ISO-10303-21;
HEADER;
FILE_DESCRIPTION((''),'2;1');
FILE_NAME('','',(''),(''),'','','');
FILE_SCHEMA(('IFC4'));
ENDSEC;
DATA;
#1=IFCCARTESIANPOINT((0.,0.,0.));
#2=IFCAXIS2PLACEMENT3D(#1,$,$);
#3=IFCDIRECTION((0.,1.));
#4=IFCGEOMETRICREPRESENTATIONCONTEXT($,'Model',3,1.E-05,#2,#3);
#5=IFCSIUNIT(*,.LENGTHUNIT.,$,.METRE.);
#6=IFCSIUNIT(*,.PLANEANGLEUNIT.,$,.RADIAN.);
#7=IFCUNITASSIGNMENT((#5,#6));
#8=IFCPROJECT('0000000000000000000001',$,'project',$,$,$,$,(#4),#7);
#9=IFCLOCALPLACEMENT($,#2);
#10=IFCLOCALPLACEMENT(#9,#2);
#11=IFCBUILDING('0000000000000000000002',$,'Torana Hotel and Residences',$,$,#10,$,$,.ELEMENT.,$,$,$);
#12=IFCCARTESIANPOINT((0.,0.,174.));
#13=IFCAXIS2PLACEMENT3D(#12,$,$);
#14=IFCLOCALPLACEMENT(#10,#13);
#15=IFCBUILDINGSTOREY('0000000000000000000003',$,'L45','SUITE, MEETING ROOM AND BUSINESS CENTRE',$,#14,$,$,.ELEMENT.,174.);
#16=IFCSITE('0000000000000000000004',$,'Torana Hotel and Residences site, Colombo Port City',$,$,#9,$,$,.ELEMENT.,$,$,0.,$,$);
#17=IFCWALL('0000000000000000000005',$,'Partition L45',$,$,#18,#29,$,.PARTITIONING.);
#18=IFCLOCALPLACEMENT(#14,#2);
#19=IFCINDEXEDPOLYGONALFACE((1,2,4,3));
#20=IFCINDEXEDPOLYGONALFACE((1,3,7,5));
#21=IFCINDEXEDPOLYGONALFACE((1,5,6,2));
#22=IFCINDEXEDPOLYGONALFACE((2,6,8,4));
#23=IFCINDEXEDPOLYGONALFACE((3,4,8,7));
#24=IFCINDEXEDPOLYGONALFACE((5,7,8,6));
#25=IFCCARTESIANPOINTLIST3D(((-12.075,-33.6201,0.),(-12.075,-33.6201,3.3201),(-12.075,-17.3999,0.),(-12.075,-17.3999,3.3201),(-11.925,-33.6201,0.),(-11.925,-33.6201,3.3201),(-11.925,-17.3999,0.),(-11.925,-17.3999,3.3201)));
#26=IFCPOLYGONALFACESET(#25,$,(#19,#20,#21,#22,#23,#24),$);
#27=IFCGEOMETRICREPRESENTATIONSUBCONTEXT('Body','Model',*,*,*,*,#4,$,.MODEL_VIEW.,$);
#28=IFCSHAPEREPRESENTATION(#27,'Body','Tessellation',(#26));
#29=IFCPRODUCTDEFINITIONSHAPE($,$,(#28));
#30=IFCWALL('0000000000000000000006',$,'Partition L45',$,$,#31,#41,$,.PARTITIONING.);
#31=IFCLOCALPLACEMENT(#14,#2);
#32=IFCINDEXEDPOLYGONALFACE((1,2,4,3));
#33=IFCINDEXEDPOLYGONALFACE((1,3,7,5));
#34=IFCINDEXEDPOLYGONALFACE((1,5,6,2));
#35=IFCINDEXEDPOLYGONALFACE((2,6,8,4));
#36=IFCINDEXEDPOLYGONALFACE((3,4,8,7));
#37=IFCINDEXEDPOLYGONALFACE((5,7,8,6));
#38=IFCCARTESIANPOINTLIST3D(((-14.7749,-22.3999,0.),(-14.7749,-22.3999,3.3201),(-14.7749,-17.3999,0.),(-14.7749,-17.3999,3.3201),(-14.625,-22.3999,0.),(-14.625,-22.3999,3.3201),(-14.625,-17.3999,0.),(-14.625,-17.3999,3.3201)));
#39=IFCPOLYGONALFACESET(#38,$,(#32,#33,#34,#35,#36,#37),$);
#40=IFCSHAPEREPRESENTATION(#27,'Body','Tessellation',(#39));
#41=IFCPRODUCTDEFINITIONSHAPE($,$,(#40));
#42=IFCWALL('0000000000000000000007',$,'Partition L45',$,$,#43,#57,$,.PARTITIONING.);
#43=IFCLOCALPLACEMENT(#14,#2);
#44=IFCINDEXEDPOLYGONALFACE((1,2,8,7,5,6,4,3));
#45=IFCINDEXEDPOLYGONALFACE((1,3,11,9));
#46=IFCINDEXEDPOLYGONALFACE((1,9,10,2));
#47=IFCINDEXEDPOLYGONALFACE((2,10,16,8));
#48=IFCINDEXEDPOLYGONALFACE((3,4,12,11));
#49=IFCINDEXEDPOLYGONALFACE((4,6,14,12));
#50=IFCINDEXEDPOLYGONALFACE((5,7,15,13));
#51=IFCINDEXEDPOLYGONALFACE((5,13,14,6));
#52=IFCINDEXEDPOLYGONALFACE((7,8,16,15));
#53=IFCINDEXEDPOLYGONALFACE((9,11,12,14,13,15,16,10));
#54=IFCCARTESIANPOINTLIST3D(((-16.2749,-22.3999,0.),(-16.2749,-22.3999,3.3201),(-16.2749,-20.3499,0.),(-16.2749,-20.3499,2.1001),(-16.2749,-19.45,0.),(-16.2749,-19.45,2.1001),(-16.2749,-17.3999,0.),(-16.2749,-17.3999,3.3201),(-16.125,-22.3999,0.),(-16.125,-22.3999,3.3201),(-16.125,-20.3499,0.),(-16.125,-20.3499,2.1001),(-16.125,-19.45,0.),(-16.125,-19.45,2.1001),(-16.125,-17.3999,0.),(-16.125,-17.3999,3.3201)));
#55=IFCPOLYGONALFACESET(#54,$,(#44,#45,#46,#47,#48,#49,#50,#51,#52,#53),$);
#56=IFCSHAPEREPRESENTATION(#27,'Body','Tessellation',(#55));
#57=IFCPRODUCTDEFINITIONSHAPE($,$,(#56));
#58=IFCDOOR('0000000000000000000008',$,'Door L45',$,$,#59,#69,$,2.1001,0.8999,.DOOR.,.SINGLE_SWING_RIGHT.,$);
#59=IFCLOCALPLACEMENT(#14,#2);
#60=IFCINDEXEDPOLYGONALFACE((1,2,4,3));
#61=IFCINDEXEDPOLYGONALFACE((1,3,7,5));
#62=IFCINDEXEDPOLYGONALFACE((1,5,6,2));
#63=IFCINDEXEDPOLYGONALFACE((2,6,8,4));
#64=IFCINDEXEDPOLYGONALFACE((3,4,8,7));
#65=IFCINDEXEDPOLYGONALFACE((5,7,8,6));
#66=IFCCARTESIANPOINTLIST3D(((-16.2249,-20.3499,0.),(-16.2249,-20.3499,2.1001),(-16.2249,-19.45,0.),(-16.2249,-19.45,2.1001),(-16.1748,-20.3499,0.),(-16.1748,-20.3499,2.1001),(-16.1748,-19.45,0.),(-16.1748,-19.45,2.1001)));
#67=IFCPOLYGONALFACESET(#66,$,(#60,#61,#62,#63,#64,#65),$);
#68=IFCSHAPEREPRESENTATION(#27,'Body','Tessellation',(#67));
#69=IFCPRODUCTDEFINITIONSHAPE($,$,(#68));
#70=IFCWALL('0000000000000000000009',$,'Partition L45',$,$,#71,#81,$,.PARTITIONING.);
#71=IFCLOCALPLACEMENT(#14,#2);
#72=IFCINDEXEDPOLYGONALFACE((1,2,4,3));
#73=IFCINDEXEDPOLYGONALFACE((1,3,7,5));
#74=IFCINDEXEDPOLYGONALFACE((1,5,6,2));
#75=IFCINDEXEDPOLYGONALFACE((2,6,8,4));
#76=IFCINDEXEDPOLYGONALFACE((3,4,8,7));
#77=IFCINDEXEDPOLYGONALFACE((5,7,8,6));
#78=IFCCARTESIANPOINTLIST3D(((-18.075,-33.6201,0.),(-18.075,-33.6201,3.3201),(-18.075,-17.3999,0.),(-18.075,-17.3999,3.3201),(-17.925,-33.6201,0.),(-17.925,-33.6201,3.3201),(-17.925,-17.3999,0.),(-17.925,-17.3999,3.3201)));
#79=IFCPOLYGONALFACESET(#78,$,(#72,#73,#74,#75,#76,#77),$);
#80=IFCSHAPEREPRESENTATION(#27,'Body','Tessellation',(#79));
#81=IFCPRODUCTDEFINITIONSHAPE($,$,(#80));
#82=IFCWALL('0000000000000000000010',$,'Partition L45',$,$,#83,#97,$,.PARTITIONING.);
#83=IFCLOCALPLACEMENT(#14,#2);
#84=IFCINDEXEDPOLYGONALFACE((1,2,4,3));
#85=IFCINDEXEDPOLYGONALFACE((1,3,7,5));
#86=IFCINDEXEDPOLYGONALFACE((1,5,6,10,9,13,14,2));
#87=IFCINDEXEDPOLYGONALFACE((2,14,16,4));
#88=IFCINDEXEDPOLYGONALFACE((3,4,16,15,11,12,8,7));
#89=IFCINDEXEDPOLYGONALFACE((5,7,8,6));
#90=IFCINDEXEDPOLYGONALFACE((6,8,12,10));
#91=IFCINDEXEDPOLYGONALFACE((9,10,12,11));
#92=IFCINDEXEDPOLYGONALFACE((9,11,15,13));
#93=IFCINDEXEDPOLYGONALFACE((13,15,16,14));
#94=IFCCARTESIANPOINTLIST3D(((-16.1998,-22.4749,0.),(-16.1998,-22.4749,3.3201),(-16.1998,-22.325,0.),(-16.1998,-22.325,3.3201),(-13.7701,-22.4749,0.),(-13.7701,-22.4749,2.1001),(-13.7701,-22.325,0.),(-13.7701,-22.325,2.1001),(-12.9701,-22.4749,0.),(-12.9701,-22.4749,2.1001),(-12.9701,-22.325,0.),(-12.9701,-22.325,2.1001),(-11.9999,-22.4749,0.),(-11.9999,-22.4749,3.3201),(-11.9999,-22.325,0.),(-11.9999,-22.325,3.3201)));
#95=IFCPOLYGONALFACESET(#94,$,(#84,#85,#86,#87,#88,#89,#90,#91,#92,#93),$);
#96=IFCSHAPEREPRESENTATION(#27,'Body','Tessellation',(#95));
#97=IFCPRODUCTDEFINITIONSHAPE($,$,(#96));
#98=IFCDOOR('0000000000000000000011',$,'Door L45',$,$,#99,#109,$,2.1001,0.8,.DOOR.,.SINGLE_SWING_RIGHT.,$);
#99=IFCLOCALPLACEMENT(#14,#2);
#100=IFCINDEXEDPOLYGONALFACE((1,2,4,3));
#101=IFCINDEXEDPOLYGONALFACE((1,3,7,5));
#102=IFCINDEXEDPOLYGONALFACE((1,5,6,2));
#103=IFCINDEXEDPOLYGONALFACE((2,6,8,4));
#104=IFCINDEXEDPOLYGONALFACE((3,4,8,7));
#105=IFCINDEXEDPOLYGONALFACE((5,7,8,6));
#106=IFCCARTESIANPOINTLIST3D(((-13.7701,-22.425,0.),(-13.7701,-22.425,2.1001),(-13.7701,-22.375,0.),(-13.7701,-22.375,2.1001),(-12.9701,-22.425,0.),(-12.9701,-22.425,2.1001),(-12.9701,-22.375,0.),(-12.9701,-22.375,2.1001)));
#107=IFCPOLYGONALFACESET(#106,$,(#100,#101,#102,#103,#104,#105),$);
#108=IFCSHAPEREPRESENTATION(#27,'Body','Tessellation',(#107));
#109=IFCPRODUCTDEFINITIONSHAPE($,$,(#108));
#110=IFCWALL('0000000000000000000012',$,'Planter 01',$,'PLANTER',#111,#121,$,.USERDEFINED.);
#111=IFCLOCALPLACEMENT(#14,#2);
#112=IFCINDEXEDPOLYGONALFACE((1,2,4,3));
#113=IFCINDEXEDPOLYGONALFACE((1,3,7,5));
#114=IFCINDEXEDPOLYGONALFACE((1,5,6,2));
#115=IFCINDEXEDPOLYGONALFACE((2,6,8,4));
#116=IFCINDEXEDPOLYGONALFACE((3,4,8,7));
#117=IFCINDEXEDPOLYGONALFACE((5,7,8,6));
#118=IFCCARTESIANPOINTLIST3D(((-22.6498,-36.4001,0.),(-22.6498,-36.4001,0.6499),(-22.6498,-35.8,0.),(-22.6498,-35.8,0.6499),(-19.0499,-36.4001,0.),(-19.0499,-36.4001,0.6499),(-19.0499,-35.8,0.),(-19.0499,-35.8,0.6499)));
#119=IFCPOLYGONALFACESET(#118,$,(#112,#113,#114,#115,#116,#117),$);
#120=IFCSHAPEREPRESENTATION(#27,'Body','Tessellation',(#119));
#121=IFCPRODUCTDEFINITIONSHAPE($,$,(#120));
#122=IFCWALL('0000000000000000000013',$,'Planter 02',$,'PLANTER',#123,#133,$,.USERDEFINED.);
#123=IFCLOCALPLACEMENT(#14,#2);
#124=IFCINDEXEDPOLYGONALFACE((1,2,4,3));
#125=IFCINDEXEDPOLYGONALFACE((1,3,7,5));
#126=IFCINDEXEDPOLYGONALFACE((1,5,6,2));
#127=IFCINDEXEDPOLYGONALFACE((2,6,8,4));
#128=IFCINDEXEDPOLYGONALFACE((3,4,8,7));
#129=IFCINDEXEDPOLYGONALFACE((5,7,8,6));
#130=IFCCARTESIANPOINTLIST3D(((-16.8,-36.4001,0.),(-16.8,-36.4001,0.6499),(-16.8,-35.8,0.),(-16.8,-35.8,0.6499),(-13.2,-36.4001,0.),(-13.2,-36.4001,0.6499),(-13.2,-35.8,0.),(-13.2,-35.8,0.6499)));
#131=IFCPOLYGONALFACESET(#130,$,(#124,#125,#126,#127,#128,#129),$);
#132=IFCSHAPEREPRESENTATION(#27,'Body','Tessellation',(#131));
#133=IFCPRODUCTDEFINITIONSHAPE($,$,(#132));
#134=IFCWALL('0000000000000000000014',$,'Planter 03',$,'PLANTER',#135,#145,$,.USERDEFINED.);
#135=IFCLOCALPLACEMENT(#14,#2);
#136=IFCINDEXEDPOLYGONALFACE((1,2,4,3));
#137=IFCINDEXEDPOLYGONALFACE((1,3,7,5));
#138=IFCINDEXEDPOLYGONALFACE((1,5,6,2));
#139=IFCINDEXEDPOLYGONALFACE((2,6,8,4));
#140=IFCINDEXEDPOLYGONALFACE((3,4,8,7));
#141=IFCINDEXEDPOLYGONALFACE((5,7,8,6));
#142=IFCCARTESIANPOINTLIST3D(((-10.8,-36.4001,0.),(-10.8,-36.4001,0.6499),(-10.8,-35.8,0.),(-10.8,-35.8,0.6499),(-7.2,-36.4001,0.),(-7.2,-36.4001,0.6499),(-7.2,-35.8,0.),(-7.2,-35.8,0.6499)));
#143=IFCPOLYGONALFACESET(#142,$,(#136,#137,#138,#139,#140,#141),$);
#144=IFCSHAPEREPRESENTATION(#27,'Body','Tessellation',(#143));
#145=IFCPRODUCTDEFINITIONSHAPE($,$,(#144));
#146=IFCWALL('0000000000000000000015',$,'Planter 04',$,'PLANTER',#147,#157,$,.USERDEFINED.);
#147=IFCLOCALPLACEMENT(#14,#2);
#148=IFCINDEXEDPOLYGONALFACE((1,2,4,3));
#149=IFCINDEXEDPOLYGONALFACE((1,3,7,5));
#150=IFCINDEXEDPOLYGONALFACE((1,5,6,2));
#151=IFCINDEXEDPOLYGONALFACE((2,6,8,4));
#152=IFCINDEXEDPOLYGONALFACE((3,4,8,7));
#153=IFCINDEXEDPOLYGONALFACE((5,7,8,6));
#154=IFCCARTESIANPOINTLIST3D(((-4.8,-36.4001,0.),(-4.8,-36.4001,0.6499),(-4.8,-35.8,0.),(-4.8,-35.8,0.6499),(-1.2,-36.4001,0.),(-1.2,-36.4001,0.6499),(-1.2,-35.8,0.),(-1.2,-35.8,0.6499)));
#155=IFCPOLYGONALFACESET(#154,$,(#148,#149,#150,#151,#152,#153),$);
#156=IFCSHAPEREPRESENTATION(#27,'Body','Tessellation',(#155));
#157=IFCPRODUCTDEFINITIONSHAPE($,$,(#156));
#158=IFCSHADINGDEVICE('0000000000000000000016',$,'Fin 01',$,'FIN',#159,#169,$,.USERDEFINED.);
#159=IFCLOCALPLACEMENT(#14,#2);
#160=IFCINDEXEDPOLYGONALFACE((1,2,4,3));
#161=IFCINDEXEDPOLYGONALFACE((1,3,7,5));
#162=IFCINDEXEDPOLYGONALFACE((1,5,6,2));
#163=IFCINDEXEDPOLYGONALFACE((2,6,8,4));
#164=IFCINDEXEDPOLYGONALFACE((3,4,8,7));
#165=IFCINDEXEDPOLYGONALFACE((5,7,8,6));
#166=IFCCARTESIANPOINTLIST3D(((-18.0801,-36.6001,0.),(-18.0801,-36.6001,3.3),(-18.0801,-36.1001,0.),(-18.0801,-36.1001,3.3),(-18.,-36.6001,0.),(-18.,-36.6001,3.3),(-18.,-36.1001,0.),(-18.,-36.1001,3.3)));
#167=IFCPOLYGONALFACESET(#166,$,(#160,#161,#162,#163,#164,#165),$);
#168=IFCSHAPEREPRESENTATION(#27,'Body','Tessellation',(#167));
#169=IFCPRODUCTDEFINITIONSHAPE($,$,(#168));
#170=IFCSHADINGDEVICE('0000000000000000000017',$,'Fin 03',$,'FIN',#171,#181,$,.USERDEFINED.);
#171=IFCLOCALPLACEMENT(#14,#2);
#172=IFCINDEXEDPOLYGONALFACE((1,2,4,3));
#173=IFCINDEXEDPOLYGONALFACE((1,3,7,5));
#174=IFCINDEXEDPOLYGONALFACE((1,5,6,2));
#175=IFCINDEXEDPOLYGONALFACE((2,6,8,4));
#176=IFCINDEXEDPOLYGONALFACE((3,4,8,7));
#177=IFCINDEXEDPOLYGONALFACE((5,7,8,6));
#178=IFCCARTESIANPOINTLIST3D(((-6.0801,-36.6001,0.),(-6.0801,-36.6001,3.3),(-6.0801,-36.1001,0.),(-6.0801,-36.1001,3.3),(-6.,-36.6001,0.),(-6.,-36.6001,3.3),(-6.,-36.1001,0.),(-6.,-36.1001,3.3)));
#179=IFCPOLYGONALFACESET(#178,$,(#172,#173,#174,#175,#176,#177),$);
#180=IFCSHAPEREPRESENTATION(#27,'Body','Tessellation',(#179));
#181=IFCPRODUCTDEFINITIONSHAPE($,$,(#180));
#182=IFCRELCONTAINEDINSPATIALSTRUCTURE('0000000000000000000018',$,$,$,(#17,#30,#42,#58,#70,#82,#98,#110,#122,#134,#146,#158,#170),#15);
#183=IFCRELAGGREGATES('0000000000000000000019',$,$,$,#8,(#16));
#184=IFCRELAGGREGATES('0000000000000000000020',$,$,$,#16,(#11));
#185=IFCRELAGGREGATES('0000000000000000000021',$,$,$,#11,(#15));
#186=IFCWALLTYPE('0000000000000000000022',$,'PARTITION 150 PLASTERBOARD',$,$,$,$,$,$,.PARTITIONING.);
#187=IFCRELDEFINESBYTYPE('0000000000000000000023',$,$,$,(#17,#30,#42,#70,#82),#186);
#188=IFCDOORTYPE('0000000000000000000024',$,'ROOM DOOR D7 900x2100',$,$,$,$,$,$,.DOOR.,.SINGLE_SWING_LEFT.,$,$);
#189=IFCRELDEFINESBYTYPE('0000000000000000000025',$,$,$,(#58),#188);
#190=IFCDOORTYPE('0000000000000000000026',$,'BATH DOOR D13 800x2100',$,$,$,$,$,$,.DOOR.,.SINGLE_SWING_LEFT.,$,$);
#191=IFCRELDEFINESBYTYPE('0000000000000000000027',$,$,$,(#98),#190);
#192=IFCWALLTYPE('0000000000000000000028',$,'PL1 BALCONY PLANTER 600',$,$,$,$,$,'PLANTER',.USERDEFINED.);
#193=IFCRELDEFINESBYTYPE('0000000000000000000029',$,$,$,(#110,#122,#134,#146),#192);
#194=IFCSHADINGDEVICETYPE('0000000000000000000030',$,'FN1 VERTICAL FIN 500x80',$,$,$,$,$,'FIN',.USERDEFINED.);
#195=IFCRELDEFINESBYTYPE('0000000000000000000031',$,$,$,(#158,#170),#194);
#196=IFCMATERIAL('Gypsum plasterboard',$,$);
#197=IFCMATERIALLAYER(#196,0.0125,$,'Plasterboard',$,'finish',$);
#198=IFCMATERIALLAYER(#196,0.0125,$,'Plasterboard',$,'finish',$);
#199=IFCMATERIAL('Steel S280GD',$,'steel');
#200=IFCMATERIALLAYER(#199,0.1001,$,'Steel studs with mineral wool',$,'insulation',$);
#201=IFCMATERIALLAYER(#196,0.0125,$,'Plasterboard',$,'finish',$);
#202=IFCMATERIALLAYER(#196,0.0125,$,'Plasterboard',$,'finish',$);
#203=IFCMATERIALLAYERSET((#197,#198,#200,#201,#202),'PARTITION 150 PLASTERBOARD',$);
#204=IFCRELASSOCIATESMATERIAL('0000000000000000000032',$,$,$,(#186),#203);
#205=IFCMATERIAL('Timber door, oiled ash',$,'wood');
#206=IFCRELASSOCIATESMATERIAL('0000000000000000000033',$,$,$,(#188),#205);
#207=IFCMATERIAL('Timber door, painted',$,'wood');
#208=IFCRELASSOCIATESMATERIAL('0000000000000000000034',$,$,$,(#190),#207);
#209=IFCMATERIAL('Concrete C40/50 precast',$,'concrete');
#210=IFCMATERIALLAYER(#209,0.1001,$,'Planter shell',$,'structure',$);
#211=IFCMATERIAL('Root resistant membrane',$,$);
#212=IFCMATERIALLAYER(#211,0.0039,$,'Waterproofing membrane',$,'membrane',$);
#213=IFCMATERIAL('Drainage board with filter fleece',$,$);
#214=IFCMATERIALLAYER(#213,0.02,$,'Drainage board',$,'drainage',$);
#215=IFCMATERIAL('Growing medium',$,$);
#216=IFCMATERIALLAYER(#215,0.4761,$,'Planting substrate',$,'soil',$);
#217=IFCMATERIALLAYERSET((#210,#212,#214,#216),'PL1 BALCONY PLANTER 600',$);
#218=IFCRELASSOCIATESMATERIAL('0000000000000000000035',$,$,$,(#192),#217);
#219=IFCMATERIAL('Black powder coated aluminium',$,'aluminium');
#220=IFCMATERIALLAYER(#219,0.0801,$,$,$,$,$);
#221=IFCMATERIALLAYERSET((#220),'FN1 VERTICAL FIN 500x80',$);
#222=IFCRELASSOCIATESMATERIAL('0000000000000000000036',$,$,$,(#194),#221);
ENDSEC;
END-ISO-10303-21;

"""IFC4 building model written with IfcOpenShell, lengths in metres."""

from ifc_helpers import new_model, si_unit, direction, frame, frame_2d, origin, origin_2d, place, context, subcontext, project, spatial, rectangle, extrude, material, layer, layer_set, type_object, element, fill, save


model = new_model("IFC4")

# Units and contexts
model_context = context("Model", 3, precision=1e-05, world=origin(), true_north=direction((0.0, 1.0)))
body_context = subcontext(model_context, "Body", "Model", "MODEL_VIEW")
ifc_project = project(units=[si_unit("LENGTHUNIT", "METRE"), si_unit("PLANEANGLEUNIT", "RADIAN")], contexts=[model_context])

# Site, building, storey
site_placement = place(None, origin())
site = spatial("IfcSite", under=ifc_project, at=site_placement, Name="Torana Hotel and Residences site, Colombo Port City", CompositionType="ELEMENT", RefElevation=0.0)
building_placement = place(site_placement, origin())
building = spatial("IfcBuilding", under=site, at=building_placement, Name="Torana Hotel and Residences", CompositionType="ELEMENT")
storey_placement = place(building_placement, frame((0.0, 0.0, 174.0)))
storey = spatial("IfcBuildingStorey", under=building, at=storey_placement, Name="L45", Description="SUITE, MEETING ROOM AND BUSINESS CENTRE", CompositionType="ELEMENT", Elevation=174.0)

# Walls
ifc_material_1 = material(Name="Gypsum plasterboard")
ifc_layer_1 = layer(ifc_material_1, 0.0125, Name="Plasterboard", Category="finish")
ifc_layer_2 = layer(ifc_material_1, 0.0125, Name="Plasterboard", Category="finish")
ifc_material_2 = material(Name="Steel S280GD", Category="steel")
ifc_layer_3 = layer(ifc_material_2, 0.1001, Name="Steel studs with mineral wool", Category="insulation")
ifc_layer_4 = layer(ifc_material_1, 0.0125, Name="Plasterboard", Category="finish")
ifc_layer_5 = layer(ifc_material_1, 0.0125, Name="Plasterboard", Category="finish")
ifc_layer_set_1 = layer_set([ifc_layer_1, ifc_layer_2, ifc_layer_3, ifc_layer_4, ifc_layer_5], Name="PARTITION 150 PLASTERBOARD")
wall_type_1 = type_object("IfcWallType", Name="PARTITION 150 PLASTERBOARD", PredefinedType="PARTITIONING", material=ifc_layer_set_1)
wall_1_placement = place(storey_placement, frame((-12.0, -33.6201, 0.0), z_axis=(0.0, 0.0, 1.0), x_axis=(0.0, 1.0, 0.0)))
element("IfcWall", 1, at=wall_1_placement, inside=storey, type_object=wall_type_1, Name="Partition L45", PredefinedType="PARTITIONING", context=body_context, shape_type="SweptSolid", body=[
    extrude(rectangle(XDim=16.2202, YDim=0.1499, at=frame_2d((8.1101, 0.0))), origin(), (0.0, 0.0, 1.0), 3.3201),
])
wall_2_placement = place(storey_placement, frame((-14.7, -22.3999, 0.0), z_axis=(0.0, 0.0, 1.0), x_axis=(0.0, 1.0, 0.0)))
element("IfcWall", 2, at=wall_2_placement, inside=storey, type_object=wall_type_1, Name="Partition L45", PredefinedType="PARTITIONING", context=body_context, shape_type="SweptSolid", body=[
    extrude(rectangle(XDim=5.0, YDim=0.1499, at=frame_2d((2.5, 0.0))), origin(), (0.0, 0.0, 1.0), 3.3201),
])

# Wall, opening, door
wall_3_placement = place(storey_placement, frame((-16.2, -22.3999, 0.0), z_axis=(0.0, 0.0, 1.0), x_axis=(0.0, 1.0, 0.0)))
wall_3 = element("IfcWall", 3, at=wall_3_placement, inside=storey, type_object=wall_type_1, Name="Partition L45", PredefinedType="PARTITIONING", context=body_context, shape_type="SweptSolid", body=[
    extrude(rectangle(XDim=5.0, YDim=0.1499, at=frame_2d((2.5, 0.0))), origin(), (0.0, 0.0, 1.0), 3.3201),
])
opening_1_placement = place(wall_3_placement, frame((2.05, 0.0, 0.0)))
opening_1 = element("IfcOpeningElement", 4, at=opening_1_placement, cuts=wall_3, PredefinedType="OPENING", context=body_context, shape_type="SweptSolid", body=[
    extrude(rectangle(XDim=0.8999, YDim=2.1001, at=frame_2d((0.45, 1.05))), frame((0.0, 0.085, 0.0), z_axis=(0.0, -1.0, 0.0), x_axis=(1.0, 0.0, 0.0)), (0.0, 0.0, 1.0), 0.1699),
])
ifc_material_3 = material(Name="Timber door, oiled ash", Category="wood")
door_type_1 = type_object("IfcDoorType", Name="ROOM DOOR D7 900x2100", OperationType="SINGLE_SWING_LEFT", PredefinedType="DOOR", material=ifc_material_3)
door_1_placement = place(opening_1_placement, origin())
door_1 = element("IfcDoor", 5, at=door_1_placement, inside=storey, type_object=door_type_1, Name="Door L45", OperationType="SINGLE_SWING_RIGHT", OverallHeight=2.1001, OverallWidth=0.8999, PredefinedType="DOOR", context=body_context, shape_type="SweptSolid", body=[
    extrude(rectangle(XDim=0.8999, YDim=2.1001, at=frame_2d((0.45, 1.05))), frame((0.0, 0.0249, 0.0), z_axis=(0.0, -1.0, 0.0), x_axis=(1.0, 0.0, 0.0)), (0.0, 0.0, 1.0), 0.05),
])
fill(opening_1, door_1)

# Wall
wall_4_placement = place(storey_placement, frame((-18.0, -33.6201, 0.0), z_axis=(0.0, 0.0, 1.0), x_axis=(0.0, 1.0, 0.0)))
element("IfcWall", 6, at=wall_4_placement, inside=storey, type_object=wall_type_1, Name="Partition L45", PredefinedType="PARTITIONING", context=body_context, shape_type="SweptSolid", body=[
    extrude(rectangle(XDim=16.2202, YDim=0.1499, at=frame_2d((8.1101, 0.0))), origin(), (0.0, 0.0, 1.0), 3.3201),
])

# Wall, opening, door
wall_5_placement = place(storey_placement, frame((-16.2, -22.3999, 0.0), z_axis=(0.0, 0.0, 1.0), x_axis=(1.0, 0.0, 0.0)))
wall_5 = element("IfcWall", 7, at=wall_5_placement, inside=storey, type_object=wall_type_1, Name="Partition L45", PredefinedType="PARTITIONING", context=body_context, shape_type="SweptSolid", body=[
    extrude(rectangle(XDim=4.2, YDim=0.1499, at=frame_2d((2.1001, 0.0))), origin(), (0.0, 0.0, 1.0), 3.3201),
])
opening_2_placement = place(wall_5_placement, frame((2.4299, 0.0, 0.0)))
opening_2 = element("IfcOpeningElement", 8, at=opening_2_placement, cuts=wall_5, PredefinedType="OPENING", context=body_context, shape_type="SweptSolid", body=[
    extrude(rectangle(XDim=0.8, YDim=2.1001, at=frame_2d((0.3999, 1.05))), frame((0.0, 0.085, 0.0), z_axis=(0.0, -1.0, 0.0), x_axis=(1.0, 0.0, 0.0)), (0.0, 0.0, 1.0), 0.1699),
])
ifc_material_4 = material(Name="Timber door, painted", Category="wood")
door_type_2 = type_object("IfcDoorType", Name="BATH DOOR D13 800x2100", OperationType="SINGLE_SWING_LEFT", PredefinedType="DOOR", material=ifc_material_4)
door_2_placement = place(opening_2_placement, origin())
door_2 = element("IfcDoor", 9, at=door_2_placement, inside=storey, type_object=door_type_2, Name="Door L45", OperationType="SINGLE_SWING_RIGHT", OverallHeight=2.1001, OverallWidth=0.8, PredefinedType="DOOR", context=body_context, shape_type="SweptSolid", body=[
    extrude(rectangle(XDim=0.8, YDim=2.1001, at=frame_2d((0.3999, 1.05))), frame((0.0, 0.0249, 0.0), z_axis=(0.0, -1.0, 0.0), x_axis=(1.0, 0.0, 0.0)), (0.0, 0.0, 1.0), 0.05),
])
fill(opening_2, door_2)

# Walls
ifc_material_5 = material(Name="Concrete C40/50 precast", Category="concrete")
ifc_layer_6 = layer(ifc_material_5, 0.1001, Name="Planter shell", Category="structure")
ifc_material_6 = material(Name="Root resistant membrane")
ifc_layer_7 = layer(ifc_material_6, 0.0039, Name="Waterproofing membrane", Category="membrane")
ifc_material_7 = material(Name="Drainage board with filter fleece")
ifc_layer_8 = layer(ifc_material_7, 0.02, Name="Drainage board", Category="drainage")
ifc_material_8 = material(Name="Growing medium")
ifc_layer_9 = layer(ifc_material_8, 0.4761, Name="Planting substrate", Category="soil")
ifc_layer_set_2 = layer_set([ifc_layer_6, ifc_layer_7, ifc_layer_8, ifc_layer_9], Name="PL1 BALCONY PLANTER 600")
wall_type_2 = type_object("IfcWallType", Name="PL1 BALCONY PLANTER 600", ElementType="PLANTER", PredefinedType="USERDEFINED", material=ifc_layer_set_2)
wall_6_placement = place(storey_placement, frame((-19.05, -36.1001, 0.0), z_axis=(0.0, 0.0, 1.0), x_axis=(-1.0, 0.0, 0.0)))
element("IfcWall", 10, at=wall_6_placement, inside=storey, type_object=wall_type_2, Name="Planter 01", ObjectType="PLANTER", PredefinedType="USERDEFINED", context=body_context, shape_type="SweptSolid", body=[
    extrude(rectangle(XDim=3.5999, YDim=0.6001, at=frame_2d((1.7998, 0.0))), origin(), (0.0, 0.0, 1.0), 0.6499),
])
for number, where, z_axis, x_axis, name in (
    (11, (-13.2, -36.1001, 0.0), (0.0, 0.0, 1.0), (-1.0, 0.0, 0.0), "Planter 02"),
    (12, (-7.2, -36.1001, 0.0), (0.0, 0.0, 1.0), (-1.0, 0.0, 0.0), "Planter 03"),
    (13, (-1.2, -36.1001, 0.0), (0.0, 0.0, 1.0), (-1.0, 0.0, 0.0), "Planter 04"),
):
    element("IfcWall", number, at=place(storey_placement, frame(where, z_axis=z_axis, x_axis=x_axis)), inside=storey, type_object=wall_type_2, Name=name, ObjectType="PLANTER", PredefinedType="USERDEFINED", context=body_context, shape_type="SweptSolid", body=[
        extrude(rectangle(XDim=3.6001, YDim=0.6001, at=frame_2d((1.8, 0.0))), origin(), (0.0, 0.0, 1.0), 0.6499),
    ])

# Shading devices
ifc_material_9 = material(Name="Black powder coated aluminium", Category="aluminium")
ifc_layer_10 = layer(ifc_material_9, 0.0801)
ifc_layer_set_3 = layer_set([ifc_layer_10], Name="FN1 VERTICAL FIN 500x80")
shading_device_type = type_object("IfcShadingDeviceType", Name="FN1 VERTICAL FIN 500x80", ElementType="FIN", PredefinedType="USERDEFINED", material=ifc_layer_set_3)
for number, where, z_axis, x_axis, name in (
    (14, (-18.04, -36.3501, 0.0), (0.0, 0.0, 1.0), (-1.0, 0.0, 0.0), "Fin 01"),
    (15, (-6.04, -36.3501, 0.0), (0.0, 0.0, 1.0), (-1.0, 0.0, 0.0), "Fin 03"),
):
    element("IfcShadingDevice", number, at=place(storey_placement, frame(where, z_axis=z_axis, x_axis=x_axis)), inside=storey, type_object=shading_device_type, Name=name, ObjectType="FIN", PredefinedType="USERDEFINED", context=body_context, shape_type="SweptSolid", body=[
        extrude(rectangle(XDim=0.0801, YDim=0.5, at=origin_2d()), origin(), (0.0, 0.0, 1.0), 3.3),
    ])

save(model, "model.ifc")
